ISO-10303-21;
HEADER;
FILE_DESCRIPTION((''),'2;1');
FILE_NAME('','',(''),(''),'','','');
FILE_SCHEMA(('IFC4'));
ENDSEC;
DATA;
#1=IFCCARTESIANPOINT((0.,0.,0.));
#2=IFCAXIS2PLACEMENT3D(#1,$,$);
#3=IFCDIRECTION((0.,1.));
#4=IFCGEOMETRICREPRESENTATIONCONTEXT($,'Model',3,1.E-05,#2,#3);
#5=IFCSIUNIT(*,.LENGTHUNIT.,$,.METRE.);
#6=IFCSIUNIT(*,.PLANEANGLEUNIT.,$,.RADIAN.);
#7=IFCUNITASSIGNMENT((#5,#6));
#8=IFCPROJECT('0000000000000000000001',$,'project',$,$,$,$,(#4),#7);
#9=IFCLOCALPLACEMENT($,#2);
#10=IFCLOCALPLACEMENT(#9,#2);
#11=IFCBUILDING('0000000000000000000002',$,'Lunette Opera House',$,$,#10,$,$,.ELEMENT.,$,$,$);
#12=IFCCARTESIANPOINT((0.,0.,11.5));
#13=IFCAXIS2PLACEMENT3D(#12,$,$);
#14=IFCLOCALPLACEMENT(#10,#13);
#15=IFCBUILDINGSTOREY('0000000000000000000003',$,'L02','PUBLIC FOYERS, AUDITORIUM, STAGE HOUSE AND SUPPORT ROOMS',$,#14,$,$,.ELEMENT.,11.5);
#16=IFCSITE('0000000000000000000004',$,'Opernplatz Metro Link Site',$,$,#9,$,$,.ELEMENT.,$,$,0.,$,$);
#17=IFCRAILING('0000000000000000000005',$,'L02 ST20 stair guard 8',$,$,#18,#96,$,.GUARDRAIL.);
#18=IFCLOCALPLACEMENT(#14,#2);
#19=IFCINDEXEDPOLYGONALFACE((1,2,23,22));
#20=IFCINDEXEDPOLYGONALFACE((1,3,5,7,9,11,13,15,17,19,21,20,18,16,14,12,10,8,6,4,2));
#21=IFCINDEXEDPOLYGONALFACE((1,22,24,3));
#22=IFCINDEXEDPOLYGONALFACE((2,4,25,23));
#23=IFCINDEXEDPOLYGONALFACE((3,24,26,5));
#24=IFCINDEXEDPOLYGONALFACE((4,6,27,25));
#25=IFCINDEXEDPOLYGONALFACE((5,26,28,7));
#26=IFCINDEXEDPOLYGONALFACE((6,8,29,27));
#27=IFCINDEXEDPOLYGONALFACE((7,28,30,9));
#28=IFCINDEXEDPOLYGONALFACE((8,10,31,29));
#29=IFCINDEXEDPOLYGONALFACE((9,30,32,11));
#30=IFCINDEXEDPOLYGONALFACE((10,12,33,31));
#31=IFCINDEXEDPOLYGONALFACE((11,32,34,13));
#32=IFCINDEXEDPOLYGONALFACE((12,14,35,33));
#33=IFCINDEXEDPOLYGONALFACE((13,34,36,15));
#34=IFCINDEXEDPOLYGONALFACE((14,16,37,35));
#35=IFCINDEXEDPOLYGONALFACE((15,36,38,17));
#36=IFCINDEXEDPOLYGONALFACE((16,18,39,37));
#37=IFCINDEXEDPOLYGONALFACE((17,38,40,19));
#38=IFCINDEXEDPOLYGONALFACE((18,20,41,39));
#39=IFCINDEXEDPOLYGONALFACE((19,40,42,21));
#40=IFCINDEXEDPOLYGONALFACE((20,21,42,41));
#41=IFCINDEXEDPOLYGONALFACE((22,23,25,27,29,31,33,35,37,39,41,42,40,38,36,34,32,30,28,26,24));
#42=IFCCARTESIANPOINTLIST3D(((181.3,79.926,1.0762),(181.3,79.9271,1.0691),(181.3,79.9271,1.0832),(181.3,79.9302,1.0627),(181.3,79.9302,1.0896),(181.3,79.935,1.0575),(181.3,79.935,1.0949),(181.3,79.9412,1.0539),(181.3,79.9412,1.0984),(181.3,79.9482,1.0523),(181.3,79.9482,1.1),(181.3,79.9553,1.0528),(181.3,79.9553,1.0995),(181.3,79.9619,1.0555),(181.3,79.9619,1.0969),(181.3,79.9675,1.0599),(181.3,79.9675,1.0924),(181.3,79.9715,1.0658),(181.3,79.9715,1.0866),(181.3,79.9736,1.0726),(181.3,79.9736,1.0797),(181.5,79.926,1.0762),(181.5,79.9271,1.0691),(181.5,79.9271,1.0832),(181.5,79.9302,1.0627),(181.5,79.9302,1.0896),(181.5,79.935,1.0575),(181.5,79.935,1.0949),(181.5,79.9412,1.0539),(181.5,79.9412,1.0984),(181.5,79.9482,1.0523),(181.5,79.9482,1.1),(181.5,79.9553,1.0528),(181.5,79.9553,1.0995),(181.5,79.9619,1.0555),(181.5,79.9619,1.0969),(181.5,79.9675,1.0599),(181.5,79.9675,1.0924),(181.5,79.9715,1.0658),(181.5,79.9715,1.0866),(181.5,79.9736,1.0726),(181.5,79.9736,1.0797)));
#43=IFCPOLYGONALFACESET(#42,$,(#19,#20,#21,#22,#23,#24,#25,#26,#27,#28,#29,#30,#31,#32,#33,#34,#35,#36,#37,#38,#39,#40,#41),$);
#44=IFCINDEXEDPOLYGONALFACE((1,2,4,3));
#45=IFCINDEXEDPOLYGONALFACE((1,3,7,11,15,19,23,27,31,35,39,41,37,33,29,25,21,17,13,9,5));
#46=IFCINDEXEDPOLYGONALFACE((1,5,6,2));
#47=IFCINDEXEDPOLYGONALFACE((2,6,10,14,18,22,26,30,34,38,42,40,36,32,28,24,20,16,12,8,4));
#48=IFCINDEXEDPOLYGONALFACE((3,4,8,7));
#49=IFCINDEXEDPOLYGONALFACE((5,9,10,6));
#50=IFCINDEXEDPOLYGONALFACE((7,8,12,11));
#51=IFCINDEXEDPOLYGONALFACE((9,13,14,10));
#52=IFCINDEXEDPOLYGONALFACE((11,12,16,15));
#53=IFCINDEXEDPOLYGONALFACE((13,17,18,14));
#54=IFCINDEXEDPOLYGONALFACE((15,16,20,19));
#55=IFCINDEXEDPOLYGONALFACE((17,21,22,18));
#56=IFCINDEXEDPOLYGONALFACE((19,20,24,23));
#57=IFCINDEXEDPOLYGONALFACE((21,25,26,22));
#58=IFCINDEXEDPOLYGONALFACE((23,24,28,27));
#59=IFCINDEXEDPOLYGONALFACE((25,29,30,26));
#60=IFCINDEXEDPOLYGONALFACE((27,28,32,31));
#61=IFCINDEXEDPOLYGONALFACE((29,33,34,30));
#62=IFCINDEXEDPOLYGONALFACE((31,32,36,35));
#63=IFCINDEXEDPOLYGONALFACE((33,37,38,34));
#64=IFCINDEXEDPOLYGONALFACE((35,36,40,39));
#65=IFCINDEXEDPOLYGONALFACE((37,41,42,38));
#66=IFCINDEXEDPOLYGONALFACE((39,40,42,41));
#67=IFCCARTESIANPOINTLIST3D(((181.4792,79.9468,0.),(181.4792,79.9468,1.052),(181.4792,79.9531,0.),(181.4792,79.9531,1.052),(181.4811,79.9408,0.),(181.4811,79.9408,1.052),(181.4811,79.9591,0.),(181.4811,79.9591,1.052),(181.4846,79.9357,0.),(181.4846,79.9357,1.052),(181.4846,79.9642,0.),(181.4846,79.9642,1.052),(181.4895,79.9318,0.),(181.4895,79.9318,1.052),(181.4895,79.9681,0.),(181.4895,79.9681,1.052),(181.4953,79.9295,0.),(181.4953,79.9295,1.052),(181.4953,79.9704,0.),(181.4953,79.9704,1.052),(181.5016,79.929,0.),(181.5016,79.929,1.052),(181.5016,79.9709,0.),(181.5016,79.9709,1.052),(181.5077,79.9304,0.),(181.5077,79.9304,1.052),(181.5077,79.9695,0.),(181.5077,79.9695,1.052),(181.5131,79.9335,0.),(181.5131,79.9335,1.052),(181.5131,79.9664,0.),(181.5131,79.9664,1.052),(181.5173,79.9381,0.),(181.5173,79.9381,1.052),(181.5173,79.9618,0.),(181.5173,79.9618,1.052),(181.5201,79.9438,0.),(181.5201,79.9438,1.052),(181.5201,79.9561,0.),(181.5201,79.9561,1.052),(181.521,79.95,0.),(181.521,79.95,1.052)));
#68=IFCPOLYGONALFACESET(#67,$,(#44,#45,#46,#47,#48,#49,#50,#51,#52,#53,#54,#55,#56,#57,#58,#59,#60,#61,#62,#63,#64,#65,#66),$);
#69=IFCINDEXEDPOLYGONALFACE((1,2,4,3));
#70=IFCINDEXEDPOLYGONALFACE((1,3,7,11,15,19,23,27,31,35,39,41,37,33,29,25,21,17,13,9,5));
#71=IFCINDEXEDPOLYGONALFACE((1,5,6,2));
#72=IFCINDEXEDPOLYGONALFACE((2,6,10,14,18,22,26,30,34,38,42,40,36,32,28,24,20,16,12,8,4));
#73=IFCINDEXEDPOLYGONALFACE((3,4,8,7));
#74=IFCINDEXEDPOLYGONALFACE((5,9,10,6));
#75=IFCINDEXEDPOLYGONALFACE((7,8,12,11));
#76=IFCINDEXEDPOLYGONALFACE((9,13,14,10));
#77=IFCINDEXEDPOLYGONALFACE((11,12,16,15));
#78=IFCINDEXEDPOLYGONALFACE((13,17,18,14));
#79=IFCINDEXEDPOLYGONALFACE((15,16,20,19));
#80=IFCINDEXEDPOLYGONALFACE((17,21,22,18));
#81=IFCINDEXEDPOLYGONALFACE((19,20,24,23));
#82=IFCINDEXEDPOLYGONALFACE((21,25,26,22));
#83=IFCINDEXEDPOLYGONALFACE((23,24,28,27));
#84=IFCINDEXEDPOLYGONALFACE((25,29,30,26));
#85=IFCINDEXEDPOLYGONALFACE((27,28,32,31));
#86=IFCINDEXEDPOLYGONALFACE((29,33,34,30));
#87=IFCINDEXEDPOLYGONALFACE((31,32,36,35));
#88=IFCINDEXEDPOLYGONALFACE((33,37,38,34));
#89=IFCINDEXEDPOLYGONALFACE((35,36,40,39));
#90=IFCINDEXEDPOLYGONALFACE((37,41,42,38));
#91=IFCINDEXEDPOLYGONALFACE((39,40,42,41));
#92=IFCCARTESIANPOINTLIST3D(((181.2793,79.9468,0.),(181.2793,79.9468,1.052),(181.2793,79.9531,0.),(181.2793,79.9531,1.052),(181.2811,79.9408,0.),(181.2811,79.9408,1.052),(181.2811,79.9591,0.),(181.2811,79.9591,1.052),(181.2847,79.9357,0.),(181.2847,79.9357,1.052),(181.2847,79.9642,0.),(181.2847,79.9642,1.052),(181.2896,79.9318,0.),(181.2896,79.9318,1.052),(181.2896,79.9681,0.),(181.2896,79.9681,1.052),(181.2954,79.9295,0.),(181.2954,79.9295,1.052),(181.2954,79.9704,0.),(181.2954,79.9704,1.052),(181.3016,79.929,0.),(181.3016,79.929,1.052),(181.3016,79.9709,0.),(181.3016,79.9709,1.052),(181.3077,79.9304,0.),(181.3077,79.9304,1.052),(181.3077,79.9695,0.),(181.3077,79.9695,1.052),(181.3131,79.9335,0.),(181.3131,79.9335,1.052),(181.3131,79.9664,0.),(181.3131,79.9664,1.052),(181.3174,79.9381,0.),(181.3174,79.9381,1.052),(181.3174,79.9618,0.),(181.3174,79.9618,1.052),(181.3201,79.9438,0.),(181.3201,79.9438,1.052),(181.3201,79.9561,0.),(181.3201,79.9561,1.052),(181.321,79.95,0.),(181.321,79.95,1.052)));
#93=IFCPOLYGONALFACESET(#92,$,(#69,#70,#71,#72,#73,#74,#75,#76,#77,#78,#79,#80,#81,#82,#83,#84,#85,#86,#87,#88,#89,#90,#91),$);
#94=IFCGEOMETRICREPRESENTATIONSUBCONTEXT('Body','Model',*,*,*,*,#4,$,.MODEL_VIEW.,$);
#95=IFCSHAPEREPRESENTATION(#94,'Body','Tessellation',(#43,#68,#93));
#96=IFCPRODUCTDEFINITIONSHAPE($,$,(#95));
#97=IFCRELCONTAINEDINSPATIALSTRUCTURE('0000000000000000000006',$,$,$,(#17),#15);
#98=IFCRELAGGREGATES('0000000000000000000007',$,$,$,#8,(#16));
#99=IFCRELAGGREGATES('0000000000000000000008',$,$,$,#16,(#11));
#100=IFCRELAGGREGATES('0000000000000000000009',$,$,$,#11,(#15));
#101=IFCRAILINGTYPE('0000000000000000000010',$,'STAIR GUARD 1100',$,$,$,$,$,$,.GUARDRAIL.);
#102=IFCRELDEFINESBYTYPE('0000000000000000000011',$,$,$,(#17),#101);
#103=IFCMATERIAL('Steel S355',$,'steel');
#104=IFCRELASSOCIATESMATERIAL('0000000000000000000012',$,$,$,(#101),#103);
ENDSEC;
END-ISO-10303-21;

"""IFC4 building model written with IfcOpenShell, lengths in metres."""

from ifc_helpers import new_model, si_unit, direction, frame, origin, origin_2d, place, context, subcontext, project, spatial, circle, extrude, material, type_object, element, save


model = new_model("IFC4")

# Units and contexts
model_context = context("Model", 3, precision=1e-05, world=origin(), true_north=direction((0.0, 1.0)))
body_context = subcontext(model_context, "Body", "Model", "MODEL_VIEW")
ifc_project = project(units=[si_unit("LENGTHUNIT", "METRE"), si_unit("PLANEANGLEUNIT", "RADIAN")], contexts=[model_context])

# Site, building, storey
site_placement = place(None, origin())
site = spatial("IfcSite", under=ifc_project, at=site_placement, Name="Opernplatz Metro Link Site", CompositionType="ELEMENT", RefElevation=0.0)
building_placement = place(site_placement, origin())
building = spatial("IfcBuilding", under=site, at=building_placement, Name="Lunette Opera House", CompositionType="ELEMENT")
storey_placement = place(building_placement, frame((0.0, 0.0, 11.5)))
storey = spatial("IfcBuildingStorey", under=building, at=storey_placement, Name="L02", Description="PUBLIC FOYERS, AUDITORIUM, STAGE HOUSE AND SUPPORT ROOMS", CompositionType="ELEMENT", Elevation=11.5)

# Railing
ifc_material_1 = material(Name="Steel S355", Category="steel")
railing_type_1 = type_object("IfcRailingType", Name="STAIR GUARD 1100", PredefinedType="GUARDRAIL", material=ifc_material_1)
railing_1_placement = place(storey_placement, frame((181.5, 79.95, 0.0)))
element("IfcRailing", 1, at=railing_1_placement, inside=storey, type_object=railing_type_1, Name="L02 ST20 stair guard 8", PredefinedType="GUARDRAIL", context=body_context, shape_type="SweptSolid", body=[
    extrude(circle(Radius=0.0239, at=origin_2d()), frame((0.0, 0.0, 1.0762), z_axis=(-1.0, 0.0, 0.0), x_axis=(0.0, -1.0, 0.0)), (0.0, 0.0, 1.0), 0.2),
    extrude(circle(Radius=0.021, at=origin_2d()), origin(), (0.0, 0.0, 1.0), 1.052),
    extrude(circle(Radius=0.021, at=origin_2d()), frame((-0.2, 0.0, 0.0)), (0.0, 0.0, 1.0), 1.052),
])

save(model, "model.ifc")
